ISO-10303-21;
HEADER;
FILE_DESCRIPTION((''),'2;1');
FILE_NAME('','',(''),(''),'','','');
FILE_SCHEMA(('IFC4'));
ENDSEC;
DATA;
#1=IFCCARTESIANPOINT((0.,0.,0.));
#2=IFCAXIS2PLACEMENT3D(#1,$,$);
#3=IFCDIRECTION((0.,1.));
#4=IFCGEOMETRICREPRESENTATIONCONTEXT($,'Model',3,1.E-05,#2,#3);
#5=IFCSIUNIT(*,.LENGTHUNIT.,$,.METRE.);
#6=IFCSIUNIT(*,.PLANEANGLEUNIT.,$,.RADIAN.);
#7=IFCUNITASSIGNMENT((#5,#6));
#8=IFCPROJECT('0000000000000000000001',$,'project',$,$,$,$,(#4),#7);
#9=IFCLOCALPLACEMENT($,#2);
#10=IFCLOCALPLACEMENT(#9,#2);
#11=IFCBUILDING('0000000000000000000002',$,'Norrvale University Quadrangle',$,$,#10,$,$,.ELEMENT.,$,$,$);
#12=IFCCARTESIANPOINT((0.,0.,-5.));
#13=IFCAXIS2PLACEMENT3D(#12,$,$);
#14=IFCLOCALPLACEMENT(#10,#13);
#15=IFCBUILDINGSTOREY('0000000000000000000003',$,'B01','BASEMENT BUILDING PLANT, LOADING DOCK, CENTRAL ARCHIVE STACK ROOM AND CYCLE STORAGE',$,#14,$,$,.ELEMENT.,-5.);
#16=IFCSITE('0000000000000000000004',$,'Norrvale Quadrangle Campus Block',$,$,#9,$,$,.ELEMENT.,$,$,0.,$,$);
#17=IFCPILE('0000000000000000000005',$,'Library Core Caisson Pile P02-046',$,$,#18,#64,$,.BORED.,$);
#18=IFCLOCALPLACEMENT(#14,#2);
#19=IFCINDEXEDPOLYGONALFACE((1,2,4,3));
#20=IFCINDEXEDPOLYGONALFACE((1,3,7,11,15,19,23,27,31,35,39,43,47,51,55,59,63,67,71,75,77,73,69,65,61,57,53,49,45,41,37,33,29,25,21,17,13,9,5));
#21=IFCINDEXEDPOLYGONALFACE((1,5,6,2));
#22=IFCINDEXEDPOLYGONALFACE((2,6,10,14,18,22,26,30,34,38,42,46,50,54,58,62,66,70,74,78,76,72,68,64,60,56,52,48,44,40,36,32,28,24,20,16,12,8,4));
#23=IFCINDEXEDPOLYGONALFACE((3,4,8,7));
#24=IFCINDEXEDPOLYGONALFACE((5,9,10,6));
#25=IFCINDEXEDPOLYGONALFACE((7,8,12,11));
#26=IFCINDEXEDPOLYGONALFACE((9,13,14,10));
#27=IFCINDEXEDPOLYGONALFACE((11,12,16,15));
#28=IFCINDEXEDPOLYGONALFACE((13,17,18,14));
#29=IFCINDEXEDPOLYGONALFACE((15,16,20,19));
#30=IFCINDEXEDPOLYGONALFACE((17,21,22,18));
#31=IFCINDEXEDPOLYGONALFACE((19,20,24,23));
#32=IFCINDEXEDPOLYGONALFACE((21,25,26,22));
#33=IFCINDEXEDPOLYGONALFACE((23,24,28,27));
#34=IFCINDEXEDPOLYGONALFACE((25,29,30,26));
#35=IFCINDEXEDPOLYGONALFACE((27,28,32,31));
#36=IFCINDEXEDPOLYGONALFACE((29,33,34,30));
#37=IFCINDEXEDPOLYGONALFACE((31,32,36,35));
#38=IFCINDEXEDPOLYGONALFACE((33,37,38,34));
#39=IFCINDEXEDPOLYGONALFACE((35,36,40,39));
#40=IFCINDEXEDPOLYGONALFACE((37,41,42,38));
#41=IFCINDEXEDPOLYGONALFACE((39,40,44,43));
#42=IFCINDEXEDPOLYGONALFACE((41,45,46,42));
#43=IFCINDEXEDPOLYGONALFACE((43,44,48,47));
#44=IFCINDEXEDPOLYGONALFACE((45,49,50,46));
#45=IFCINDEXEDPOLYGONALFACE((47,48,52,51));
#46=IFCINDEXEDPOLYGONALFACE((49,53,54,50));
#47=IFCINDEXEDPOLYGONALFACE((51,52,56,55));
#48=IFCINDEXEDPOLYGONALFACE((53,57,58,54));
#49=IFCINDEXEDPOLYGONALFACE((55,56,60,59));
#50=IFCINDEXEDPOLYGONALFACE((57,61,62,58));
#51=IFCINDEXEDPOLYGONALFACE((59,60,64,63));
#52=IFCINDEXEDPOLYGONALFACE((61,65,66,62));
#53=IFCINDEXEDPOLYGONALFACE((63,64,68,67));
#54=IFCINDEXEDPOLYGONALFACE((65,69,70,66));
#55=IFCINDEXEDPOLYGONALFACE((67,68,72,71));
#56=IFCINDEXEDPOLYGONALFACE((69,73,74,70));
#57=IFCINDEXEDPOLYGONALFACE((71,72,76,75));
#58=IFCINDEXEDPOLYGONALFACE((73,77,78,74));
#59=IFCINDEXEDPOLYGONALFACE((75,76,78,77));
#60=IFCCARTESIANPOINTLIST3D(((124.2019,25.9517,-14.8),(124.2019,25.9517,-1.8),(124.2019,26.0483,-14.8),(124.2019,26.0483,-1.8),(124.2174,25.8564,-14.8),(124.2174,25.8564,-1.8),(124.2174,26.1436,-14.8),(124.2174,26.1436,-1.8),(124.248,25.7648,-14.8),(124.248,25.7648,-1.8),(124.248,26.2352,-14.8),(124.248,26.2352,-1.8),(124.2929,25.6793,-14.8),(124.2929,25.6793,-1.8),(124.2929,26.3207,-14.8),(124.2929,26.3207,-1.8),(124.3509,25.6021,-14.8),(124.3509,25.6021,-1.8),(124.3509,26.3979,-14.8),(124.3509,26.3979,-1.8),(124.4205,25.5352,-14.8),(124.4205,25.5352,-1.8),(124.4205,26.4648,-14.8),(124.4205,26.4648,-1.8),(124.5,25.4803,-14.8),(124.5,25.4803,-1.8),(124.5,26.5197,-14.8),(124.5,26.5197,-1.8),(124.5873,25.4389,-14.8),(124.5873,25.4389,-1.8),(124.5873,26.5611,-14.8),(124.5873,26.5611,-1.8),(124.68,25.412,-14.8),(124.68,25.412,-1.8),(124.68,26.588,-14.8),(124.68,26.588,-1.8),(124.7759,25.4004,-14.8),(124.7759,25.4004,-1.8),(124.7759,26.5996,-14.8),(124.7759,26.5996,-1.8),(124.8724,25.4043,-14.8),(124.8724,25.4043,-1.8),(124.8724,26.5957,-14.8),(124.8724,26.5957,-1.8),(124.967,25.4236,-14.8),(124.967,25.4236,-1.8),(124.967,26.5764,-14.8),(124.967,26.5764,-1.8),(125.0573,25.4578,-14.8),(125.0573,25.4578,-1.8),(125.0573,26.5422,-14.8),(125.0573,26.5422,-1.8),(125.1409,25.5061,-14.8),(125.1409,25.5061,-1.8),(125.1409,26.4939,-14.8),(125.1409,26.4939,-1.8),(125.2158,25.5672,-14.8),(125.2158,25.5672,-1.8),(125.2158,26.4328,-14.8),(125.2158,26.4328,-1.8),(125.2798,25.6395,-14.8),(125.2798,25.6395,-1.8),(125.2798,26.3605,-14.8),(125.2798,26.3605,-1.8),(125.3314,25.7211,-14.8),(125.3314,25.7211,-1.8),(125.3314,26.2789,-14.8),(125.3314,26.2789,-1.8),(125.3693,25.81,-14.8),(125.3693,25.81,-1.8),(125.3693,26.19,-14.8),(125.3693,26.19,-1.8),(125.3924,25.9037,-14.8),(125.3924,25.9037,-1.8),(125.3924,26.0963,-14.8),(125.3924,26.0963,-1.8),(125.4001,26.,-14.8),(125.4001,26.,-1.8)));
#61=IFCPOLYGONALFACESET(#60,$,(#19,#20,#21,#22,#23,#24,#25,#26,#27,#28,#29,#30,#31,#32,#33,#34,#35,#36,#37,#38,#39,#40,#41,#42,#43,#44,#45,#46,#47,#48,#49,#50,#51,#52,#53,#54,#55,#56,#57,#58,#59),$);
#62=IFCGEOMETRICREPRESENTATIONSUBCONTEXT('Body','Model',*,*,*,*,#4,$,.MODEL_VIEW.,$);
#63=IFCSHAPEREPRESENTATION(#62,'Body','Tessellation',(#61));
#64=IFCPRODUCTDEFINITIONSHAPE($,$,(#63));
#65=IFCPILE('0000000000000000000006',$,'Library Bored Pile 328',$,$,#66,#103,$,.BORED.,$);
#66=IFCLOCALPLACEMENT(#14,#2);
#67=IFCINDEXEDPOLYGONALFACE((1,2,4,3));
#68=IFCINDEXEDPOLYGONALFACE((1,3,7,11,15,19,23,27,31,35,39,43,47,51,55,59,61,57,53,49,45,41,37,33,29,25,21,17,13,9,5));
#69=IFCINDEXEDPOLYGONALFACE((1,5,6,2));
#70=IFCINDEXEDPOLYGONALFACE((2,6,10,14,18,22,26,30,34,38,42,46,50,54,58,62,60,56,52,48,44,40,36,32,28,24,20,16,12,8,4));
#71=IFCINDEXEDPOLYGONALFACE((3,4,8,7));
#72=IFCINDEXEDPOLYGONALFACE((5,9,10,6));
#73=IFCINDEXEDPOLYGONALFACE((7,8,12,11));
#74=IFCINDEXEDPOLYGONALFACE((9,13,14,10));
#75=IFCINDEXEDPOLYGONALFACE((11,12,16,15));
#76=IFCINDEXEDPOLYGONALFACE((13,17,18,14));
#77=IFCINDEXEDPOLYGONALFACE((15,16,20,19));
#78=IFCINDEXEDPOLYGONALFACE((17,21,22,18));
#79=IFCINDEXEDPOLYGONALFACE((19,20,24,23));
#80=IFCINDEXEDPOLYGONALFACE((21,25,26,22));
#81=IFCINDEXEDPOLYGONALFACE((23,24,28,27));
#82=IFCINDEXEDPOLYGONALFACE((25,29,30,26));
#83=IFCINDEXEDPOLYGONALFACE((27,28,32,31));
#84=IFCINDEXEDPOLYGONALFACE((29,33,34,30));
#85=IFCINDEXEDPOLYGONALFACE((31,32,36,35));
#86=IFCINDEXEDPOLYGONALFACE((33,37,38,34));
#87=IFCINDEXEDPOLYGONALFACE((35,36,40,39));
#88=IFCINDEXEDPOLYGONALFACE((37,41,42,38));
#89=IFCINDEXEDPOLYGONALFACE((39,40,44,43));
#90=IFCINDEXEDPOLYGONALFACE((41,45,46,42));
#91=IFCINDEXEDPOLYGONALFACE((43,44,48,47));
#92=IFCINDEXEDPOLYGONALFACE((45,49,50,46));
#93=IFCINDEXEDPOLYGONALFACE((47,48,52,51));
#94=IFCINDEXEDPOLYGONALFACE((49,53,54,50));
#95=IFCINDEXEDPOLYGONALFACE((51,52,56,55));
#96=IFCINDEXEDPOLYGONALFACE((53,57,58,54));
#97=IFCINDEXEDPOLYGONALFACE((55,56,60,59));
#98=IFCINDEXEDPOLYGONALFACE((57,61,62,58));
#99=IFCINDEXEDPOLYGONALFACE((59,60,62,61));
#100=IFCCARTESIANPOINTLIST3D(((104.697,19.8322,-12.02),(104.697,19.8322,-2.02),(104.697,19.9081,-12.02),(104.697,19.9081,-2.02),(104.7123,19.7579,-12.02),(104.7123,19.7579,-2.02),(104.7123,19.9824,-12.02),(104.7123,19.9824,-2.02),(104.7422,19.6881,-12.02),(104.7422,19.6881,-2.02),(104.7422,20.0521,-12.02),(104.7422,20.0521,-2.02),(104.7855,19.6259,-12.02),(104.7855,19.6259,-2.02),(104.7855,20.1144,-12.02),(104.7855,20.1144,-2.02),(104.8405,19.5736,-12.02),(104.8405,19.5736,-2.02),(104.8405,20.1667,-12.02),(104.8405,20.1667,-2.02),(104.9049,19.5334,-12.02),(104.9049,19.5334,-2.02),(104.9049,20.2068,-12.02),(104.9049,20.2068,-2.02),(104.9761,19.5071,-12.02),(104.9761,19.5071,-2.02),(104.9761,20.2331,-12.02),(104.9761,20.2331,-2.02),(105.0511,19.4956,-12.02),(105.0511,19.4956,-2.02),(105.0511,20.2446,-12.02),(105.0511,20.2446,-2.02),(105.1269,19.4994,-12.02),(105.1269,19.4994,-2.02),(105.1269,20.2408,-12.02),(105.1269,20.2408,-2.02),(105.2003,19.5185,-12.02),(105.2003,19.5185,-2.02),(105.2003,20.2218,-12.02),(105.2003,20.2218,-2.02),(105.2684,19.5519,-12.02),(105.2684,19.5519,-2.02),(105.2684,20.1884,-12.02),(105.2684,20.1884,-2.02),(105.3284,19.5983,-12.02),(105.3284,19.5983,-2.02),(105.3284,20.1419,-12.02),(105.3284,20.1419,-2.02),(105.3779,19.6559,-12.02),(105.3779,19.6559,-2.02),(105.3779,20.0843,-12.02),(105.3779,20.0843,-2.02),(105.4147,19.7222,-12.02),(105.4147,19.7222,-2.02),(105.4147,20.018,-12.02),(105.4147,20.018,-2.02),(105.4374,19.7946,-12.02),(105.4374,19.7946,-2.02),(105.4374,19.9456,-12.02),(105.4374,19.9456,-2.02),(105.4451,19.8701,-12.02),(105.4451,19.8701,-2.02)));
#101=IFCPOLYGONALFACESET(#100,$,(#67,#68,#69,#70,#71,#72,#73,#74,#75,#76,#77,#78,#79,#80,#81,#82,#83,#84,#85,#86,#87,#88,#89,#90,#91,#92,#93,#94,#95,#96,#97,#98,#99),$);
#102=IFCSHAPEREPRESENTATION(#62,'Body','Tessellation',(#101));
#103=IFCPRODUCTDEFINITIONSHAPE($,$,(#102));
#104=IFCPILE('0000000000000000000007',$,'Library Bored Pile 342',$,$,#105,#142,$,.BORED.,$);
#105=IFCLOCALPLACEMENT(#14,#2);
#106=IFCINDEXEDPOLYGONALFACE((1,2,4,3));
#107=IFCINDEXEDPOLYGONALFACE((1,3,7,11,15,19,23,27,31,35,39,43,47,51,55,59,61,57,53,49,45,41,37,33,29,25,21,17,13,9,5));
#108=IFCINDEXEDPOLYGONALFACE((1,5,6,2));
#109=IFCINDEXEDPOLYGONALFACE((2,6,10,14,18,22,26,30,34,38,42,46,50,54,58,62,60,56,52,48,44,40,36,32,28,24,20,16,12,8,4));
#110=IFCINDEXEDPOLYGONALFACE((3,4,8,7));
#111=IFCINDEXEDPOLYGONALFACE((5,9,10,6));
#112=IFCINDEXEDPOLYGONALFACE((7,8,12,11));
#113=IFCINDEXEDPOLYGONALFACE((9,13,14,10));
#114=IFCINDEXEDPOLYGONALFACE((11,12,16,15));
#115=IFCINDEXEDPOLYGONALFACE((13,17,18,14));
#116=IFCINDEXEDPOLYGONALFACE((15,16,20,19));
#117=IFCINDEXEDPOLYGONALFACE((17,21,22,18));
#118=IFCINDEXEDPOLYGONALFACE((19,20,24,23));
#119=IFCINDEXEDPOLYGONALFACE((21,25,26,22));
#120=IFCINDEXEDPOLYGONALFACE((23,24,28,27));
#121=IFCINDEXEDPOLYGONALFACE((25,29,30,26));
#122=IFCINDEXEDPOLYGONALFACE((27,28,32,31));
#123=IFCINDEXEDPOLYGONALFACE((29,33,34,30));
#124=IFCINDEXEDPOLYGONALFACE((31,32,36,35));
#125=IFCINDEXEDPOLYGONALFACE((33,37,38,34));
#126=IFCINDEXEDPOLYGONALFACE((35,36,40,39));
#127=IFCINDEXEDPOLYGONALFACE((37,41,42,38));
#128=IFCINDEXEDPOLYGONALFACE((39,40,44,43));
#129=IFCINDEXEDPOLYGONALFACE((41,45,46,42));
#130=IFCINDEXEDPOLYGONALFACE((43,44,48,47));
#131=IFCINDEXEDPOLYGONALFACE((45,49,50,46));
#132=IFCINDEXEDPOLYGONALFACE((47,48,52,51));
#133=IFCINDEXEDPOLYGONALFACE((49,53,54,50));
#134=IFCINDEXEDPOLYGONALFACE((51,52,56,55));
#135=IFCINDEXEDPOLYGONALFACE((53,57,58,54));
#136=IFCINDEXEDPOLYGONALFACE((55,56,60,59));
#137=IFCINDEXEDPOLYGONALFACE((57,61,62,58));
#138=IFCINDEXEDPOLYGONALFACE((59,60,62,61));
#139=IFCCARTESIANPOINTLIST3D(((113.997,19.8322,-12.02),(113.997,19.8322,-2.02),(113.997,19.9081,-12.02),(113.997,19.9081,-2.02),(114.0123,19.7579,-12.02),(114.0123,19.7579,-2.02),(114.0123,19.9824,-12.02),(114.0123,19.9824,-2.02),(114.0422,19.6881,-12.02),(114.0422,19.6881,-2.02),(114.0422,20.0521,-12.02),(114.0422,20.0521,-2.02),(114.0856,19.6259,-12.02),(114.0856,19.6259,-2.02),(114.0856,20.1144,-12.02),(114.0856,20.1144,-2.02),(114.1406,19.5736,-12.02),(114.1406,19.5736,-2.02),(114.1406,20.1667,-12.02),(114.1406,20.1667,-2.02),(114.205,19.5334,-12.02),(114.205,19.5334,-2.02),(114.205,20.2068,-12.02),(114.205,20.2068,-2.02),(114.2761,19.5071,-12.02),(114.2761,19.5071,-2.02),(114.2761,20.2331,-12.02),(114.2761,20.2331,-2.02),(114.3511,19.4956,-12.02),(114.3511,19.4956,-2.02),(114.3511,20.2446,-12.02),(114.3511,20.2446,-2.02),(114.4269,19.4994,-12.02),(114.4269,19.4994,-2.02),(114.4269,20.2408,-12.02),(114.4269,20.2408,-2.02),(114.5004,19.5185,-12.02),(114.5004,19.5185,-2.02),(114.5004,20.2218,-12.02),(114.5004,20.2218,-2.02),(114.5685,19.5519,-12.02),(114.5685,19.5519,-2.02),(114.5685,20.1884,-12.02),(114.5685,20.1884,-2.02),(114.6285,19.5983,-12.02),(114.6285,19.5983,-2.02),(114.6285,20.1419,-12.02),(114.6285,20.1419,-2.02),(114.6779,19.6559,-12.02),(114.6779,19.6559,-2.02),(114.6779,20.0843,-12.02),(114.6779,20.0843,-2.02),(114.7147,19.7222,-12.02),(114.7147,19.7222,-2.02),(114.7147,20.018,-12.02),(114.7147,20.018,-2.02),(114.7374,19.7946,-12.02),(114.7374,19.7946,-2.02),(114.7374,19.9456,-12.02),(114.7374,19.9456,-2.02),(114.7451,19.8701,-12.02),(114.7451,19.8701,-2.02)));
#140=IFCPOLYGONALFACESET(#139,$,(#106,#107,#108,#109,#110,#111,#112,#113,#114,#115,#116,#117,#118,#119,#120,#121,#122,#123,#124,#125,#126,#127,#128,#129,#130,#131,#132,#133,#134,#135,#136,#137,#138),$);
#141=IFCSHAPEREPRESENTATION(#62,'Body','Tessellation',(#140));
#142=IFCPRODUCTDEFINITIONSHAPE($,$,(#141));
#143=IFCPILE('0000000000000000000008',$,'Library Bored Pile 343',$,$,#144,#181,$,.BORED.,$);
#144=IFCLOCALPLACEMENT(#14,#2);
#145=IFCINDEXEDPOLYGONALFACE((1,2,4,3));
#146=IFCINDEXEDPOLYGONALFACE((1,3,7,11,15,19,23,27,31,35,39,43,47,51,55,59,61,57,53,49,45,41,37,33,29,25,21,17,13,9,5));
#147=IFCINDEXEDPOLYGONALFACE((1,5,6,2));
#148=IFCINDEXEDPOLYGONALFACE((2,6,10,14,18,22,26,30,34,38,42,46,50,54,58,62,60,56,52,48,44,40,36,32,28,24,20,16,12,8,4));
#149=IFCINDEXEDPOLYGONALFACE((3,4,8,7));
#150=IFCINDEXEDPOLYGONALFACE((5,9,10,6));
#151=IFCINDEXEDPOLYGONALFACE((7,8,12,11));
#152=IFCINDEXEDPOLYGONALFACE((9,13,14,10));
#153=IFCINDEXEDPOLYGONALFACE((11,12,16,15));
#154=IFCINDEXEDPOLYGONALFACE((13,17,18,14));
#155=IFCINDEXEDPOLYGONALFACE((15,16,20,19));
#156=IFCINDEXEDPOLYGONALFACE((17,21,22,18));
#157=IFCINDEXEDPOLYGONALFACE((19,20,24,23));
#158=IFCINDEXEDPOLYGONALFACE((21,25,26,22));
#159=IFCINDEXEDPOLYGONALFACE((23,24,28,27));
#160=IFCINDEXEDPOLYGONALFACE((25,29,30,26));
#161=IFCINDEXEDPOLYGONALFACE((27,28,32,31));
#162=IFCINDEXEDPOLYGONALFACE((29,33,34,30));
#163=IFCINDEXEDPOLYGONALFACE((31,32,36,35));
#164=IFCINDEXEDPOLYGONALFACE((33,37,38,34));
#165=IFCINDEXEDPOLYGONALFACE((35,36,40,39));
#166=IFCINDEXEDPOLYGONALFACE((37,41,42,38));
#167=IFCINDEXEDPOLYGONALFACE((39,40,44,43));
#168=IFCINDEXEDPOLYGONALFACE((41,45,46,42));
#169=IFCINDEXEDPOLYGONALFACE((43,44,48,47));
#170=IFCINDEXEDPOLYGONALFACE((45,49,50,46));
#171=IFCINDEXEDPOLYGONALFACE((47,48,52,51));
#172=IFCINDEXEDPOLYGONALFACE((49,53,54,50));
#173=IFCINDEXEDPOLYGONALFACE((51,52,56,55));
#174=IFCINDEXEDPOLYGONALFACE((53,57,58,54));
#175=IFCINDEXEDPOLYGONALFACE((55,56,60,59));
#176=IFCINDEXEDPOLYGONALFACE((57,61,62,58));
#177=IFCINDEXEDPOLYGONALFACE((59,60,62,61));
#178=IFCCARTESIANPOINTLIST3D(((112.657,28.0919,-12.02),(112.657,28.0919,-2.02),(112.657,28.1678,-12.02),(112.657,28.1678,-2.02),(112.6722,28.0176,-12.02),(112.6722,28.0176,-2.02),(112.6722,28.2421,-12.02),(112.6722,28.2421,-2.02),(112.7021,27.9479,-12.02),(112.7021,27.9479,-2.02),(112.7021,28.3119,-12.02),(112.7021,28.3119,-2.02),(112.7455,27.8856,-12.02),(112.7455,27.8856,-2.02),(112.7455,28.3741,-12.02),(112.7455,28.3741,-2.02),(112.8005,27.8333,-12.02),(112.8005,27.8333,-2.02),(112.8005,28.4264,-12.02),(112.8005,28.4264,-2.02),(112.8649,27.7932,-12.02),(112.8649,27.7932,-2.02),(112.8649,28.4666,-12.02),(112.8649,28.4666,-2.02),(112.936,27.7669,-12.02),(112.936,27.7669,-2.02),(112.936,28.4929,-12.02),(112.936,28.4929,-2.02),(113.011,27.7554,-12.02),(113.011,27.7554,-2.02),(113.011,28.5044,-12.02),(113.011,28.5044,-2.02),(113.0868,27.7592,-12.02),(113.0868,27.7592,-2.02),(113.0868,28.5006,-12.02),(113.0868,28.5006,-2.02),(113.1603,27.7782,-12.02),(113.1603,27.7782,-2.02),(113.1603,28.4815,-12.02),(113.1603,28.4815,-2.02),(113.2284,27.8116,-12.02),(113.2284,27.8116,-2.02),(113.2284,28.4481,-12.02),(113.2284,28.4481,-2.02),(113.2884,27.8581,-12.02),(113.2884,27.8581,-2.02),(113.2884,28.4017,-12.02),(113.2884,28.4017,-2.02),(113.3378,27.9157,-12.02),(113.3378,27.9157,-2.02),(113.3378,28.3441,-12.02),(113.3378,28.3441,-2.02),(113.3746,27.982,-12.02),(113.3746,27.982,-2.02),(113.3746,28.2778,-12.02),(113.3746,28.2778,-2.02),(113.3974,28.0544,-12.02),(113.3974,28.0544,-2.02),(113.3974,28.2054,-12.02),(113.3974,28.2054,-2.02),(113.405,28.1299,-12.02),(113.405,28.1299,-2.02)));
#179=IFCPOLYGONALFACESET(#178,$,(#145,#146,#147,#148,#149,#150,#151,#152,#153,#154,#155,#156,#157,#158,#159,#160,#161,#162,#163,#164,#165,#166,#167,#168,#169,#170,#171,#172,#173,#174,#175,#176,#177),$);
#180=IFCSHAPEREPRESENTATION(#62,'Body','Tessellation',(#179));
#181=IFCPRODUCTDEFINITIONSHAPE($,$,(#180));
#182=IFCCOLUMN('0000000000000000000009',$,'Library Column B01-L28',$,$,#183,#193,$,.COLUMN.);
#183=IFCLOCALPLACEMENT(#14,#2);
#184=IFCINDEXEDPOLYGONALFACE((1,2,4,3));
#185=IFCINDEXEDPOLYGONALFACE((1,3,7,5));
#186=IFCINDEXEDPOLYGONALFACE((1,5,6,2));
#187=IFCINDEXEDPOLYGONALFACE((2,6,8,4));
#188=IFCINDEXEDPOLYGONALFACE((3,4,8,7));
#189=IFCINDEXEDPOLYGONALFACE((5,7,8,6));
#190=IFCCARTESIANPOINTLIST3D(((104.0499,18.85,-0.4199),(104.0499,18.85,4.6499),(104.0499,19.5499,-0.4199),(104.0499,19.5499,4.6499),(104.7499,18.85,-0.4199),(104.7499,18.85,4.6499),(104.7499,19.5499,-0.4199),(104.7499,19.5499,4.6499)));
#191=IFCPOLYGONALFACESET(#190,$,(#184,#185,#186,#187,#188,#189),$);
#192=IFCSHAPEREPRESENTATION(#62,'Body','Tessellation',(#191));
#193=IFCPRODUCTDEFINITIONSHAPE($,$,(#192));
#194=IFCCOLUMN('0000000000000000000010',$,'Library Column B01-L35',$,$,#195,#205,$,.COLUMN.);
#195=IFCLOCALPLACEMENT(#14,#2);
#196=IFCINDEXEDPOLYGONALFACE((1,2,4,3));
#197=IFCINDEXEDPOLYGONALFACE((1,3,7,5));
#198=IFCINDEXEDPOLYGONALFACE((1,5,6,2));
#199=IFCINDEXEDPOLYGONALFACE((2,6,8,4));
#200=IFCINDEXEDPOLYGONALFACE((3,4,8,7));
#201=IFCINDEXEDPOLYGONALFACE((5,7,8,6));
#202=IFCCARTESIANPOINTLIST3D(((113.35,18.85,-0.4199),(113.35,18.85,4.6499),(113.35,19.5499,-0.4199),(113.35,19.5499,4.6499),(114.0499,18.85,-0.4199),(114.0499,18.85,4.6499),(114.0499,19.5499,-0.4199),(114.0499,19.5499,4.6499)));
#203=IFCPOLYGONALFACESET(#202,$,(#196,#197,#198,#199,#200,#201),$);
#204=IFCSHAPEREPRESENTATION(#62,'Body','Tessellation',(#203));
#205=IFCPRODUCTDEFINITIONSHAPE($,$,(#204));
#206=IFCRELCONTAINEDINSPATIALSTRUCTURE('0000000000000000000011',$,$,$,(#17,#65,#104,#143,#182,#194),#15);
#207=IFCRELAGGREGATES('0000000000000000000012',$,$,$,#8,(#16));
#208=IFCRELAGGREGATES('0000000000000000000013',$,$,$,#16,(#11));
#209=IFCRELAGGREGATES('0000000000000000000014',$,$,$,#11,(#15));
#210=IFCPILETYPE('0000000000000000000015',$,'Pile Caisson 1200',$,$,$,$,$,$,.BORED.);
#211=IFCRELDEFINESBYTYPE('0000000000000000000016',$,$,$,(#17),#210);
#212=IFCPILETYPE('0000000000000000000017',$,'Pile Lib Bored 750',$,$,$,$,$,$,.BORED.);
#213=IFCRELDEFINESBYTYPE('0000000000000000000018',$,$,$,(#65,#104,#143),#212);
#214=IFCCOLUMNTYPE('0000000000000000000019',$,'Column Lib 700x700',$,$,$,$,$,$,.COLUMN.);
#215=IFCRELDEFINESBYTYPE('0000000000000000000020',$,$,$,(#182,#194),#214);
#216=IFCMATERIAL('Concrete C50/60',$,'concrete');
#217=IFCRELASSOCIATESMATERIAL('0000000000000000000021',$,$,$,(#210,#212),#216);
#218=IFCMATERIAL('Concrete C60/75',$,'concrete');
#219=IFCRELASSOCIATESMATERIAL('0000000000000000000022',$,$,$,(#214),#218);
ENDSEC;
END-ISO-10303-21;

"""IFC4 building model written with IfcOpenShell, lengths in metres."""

from ifc_helpers import new_model, si_unit, direction, frame, origin, origin_2d, place, context, subcontext, project, spatial, rectangle, circle, extrude, material, material_profile, profile_set, type_object, element, save


model = new_model("IFC4")

# Units and contexts
model_context = context("Model", 3, precision=1e-05, world=origin(), true_north=direction((0.0, 1.0)))
body_context = subcontext(model_context, "Body", "Model", "MODEL_VIEW")
ifc_project = project(units=[si_unit("LENGTHUNIT", "METRE"), si_unit("PLANEANGLEUNIT", "RADIAN")], contexts=[model_context])

# Site, building, storey
site_placement = place(None, origin())
site = spatial("IfcSite", under=ifc_project, at=site_placement, Name="Norrvale Quadrangle Campus Block", CompositionType="ELEMENT", RefElevation=0.0)
building_placement = place(site_placement, origin())
building = spatial("IfcBuilding", under=site, at=building_placement, Name="Norrvale University Quadrangle", CompositionType="ELEMENT")
storey_placement = place(building_placement, frame((0.0, 0.0, -5.0)))
storey = spatial("IfcBuildingStorey", under=building, at=storey_placement, Name="B01", Description="BASEMENT BUILDING PLANT, LOADING DOCK, CENTRAL ARCHIVE STACK ROOM AND CYCLE STORAGE", CompositionType="ELEMENT", Elevation=-5.0)

# Shared definitions
ifc_material_1 = material(Name="Concrete C50/60", Category="concrete")

# Piles
ifc_material_profile_1 = material_profile(ifc_material_1, circle(Radius=0.6001, at=origin_2d()), Name="Concrete C50/60")
ifc_profile_set_1 = profile_set([ifc_material_profile_1], Name="Concrete C50/60")
pile_type_1 = type_object("IfcPileType", Name="Pile Caisson 1200", PredefinedType="BORED", material=ifc_profile_set_1)
for number, where, z_axis, x_axis, name in (
    (1, (124.8, 26.0, -1.8), (0.0, 0.0, -1.0), (1.0, 0.0, 0.0), "Library Core Caisson Pile P02-046"),
):
    element("IfcPile", number, at=place(storey_placement, frame(where, z_axis=z_axis, x_axis=x_axis)), inside=storey, type_object=pile_type_1, Name=name, PredefinedType="BORED", context=body_context, shape_type="SweptSolid", body=[
        extrude(circle(Radius=0.6001, at=origin_2d()), origin(), (0.0, 0.0, 1.0), 13.0),
    ])
ifc_material_profile_2 = material_profile(ifc_material_1, circle(Radius=0.375, at=origin_2d()), Name="Concrete C50/60")
ifc_profile_set_2 = profile_set([ifc_material_profile_2], Name="Concrete C50/60")
pile_type_2 = type_object("IfcPileType", Name="Pile Lib Bored 750", PredefinedType="BORED", material=ifc_profile_set_2)
for number, where, z_axis, x_axis, name in (
    (2, (105.0701, 19.8701, -2.02), (0.0, 0.0, -1.0), (1.0, 0.0, 0.0), "Library Bored Pile 328"),
    (3, (114.3701, 19.8701, -2.02), (0.0, 0.0, -1.0), (1.0, 0.0, 0.0), "Library Bored Pile 342"),
    (4, (113.03, 28.1299, -2.02), (0.0, 0.0, -1.0), (1.0, 0.0, 0.0), "Library Bored Pile 343"),
):
    element("IfcPile", number, at=place(storey_placement, frame(where, z_axis=z_axis, x_axis=x_axis)), inside=storey, type_object=pile_type_2, Name=name, PredefinedType="BORED", context=body_context, shape_type="SweptSolid", body=[
        extrude(circle(Radius=0.375, at=origin_2d()), origin(), (0.0, 0.0, 1.0), 10.0),
    ])

# Columns
ifc_material_2 = material(Name="Concrete C60/75", Category="concrete")
ifc_material_profile_3 = material_profile(ifc_material_2, rectangle(XDim=0.7, YDim=0.7, at=origin_2d()), Name="Concrete C60/75")
ifc_profile_set_3 = profile_set([ifc_material_profile_3], Name="Concrete C60/75")
column_type = type_object("IfcColumnType", Name="Column Lib 700x700", PredefinedType="COLUMN", material=ifc_profile_set_3)
for number, where, z_axis, x_axis, name in (
    (5, (104.3999, 19.2, -0.4199), (0.0, 0.0, 1.0), (1.0, 0.0, 0.0), "Library Column B01-L28"),
    (6, (113.7, 19.2, -0.4199), (0.0, 0.0, 1.0), (1.0, 0.0, 0.0), "Library Column B01-L35"),
):
    element("IfcColumn", number, at=place(storey_placement, frame(where, z_axis=z_axis, x_axis=x_axis)), inside=storey, type_object=column_type, Name=name, PredefinedType="COLUMN", context=body_context, shape_type="SweptSolid", body=[
        extrude(rectangle(XDim=0.7, YDim=0.7, at=origin_2d()), origin(), (0.0, 0.0, 1.0), 5.0698),
    ])

save(model, "model.ifc")
